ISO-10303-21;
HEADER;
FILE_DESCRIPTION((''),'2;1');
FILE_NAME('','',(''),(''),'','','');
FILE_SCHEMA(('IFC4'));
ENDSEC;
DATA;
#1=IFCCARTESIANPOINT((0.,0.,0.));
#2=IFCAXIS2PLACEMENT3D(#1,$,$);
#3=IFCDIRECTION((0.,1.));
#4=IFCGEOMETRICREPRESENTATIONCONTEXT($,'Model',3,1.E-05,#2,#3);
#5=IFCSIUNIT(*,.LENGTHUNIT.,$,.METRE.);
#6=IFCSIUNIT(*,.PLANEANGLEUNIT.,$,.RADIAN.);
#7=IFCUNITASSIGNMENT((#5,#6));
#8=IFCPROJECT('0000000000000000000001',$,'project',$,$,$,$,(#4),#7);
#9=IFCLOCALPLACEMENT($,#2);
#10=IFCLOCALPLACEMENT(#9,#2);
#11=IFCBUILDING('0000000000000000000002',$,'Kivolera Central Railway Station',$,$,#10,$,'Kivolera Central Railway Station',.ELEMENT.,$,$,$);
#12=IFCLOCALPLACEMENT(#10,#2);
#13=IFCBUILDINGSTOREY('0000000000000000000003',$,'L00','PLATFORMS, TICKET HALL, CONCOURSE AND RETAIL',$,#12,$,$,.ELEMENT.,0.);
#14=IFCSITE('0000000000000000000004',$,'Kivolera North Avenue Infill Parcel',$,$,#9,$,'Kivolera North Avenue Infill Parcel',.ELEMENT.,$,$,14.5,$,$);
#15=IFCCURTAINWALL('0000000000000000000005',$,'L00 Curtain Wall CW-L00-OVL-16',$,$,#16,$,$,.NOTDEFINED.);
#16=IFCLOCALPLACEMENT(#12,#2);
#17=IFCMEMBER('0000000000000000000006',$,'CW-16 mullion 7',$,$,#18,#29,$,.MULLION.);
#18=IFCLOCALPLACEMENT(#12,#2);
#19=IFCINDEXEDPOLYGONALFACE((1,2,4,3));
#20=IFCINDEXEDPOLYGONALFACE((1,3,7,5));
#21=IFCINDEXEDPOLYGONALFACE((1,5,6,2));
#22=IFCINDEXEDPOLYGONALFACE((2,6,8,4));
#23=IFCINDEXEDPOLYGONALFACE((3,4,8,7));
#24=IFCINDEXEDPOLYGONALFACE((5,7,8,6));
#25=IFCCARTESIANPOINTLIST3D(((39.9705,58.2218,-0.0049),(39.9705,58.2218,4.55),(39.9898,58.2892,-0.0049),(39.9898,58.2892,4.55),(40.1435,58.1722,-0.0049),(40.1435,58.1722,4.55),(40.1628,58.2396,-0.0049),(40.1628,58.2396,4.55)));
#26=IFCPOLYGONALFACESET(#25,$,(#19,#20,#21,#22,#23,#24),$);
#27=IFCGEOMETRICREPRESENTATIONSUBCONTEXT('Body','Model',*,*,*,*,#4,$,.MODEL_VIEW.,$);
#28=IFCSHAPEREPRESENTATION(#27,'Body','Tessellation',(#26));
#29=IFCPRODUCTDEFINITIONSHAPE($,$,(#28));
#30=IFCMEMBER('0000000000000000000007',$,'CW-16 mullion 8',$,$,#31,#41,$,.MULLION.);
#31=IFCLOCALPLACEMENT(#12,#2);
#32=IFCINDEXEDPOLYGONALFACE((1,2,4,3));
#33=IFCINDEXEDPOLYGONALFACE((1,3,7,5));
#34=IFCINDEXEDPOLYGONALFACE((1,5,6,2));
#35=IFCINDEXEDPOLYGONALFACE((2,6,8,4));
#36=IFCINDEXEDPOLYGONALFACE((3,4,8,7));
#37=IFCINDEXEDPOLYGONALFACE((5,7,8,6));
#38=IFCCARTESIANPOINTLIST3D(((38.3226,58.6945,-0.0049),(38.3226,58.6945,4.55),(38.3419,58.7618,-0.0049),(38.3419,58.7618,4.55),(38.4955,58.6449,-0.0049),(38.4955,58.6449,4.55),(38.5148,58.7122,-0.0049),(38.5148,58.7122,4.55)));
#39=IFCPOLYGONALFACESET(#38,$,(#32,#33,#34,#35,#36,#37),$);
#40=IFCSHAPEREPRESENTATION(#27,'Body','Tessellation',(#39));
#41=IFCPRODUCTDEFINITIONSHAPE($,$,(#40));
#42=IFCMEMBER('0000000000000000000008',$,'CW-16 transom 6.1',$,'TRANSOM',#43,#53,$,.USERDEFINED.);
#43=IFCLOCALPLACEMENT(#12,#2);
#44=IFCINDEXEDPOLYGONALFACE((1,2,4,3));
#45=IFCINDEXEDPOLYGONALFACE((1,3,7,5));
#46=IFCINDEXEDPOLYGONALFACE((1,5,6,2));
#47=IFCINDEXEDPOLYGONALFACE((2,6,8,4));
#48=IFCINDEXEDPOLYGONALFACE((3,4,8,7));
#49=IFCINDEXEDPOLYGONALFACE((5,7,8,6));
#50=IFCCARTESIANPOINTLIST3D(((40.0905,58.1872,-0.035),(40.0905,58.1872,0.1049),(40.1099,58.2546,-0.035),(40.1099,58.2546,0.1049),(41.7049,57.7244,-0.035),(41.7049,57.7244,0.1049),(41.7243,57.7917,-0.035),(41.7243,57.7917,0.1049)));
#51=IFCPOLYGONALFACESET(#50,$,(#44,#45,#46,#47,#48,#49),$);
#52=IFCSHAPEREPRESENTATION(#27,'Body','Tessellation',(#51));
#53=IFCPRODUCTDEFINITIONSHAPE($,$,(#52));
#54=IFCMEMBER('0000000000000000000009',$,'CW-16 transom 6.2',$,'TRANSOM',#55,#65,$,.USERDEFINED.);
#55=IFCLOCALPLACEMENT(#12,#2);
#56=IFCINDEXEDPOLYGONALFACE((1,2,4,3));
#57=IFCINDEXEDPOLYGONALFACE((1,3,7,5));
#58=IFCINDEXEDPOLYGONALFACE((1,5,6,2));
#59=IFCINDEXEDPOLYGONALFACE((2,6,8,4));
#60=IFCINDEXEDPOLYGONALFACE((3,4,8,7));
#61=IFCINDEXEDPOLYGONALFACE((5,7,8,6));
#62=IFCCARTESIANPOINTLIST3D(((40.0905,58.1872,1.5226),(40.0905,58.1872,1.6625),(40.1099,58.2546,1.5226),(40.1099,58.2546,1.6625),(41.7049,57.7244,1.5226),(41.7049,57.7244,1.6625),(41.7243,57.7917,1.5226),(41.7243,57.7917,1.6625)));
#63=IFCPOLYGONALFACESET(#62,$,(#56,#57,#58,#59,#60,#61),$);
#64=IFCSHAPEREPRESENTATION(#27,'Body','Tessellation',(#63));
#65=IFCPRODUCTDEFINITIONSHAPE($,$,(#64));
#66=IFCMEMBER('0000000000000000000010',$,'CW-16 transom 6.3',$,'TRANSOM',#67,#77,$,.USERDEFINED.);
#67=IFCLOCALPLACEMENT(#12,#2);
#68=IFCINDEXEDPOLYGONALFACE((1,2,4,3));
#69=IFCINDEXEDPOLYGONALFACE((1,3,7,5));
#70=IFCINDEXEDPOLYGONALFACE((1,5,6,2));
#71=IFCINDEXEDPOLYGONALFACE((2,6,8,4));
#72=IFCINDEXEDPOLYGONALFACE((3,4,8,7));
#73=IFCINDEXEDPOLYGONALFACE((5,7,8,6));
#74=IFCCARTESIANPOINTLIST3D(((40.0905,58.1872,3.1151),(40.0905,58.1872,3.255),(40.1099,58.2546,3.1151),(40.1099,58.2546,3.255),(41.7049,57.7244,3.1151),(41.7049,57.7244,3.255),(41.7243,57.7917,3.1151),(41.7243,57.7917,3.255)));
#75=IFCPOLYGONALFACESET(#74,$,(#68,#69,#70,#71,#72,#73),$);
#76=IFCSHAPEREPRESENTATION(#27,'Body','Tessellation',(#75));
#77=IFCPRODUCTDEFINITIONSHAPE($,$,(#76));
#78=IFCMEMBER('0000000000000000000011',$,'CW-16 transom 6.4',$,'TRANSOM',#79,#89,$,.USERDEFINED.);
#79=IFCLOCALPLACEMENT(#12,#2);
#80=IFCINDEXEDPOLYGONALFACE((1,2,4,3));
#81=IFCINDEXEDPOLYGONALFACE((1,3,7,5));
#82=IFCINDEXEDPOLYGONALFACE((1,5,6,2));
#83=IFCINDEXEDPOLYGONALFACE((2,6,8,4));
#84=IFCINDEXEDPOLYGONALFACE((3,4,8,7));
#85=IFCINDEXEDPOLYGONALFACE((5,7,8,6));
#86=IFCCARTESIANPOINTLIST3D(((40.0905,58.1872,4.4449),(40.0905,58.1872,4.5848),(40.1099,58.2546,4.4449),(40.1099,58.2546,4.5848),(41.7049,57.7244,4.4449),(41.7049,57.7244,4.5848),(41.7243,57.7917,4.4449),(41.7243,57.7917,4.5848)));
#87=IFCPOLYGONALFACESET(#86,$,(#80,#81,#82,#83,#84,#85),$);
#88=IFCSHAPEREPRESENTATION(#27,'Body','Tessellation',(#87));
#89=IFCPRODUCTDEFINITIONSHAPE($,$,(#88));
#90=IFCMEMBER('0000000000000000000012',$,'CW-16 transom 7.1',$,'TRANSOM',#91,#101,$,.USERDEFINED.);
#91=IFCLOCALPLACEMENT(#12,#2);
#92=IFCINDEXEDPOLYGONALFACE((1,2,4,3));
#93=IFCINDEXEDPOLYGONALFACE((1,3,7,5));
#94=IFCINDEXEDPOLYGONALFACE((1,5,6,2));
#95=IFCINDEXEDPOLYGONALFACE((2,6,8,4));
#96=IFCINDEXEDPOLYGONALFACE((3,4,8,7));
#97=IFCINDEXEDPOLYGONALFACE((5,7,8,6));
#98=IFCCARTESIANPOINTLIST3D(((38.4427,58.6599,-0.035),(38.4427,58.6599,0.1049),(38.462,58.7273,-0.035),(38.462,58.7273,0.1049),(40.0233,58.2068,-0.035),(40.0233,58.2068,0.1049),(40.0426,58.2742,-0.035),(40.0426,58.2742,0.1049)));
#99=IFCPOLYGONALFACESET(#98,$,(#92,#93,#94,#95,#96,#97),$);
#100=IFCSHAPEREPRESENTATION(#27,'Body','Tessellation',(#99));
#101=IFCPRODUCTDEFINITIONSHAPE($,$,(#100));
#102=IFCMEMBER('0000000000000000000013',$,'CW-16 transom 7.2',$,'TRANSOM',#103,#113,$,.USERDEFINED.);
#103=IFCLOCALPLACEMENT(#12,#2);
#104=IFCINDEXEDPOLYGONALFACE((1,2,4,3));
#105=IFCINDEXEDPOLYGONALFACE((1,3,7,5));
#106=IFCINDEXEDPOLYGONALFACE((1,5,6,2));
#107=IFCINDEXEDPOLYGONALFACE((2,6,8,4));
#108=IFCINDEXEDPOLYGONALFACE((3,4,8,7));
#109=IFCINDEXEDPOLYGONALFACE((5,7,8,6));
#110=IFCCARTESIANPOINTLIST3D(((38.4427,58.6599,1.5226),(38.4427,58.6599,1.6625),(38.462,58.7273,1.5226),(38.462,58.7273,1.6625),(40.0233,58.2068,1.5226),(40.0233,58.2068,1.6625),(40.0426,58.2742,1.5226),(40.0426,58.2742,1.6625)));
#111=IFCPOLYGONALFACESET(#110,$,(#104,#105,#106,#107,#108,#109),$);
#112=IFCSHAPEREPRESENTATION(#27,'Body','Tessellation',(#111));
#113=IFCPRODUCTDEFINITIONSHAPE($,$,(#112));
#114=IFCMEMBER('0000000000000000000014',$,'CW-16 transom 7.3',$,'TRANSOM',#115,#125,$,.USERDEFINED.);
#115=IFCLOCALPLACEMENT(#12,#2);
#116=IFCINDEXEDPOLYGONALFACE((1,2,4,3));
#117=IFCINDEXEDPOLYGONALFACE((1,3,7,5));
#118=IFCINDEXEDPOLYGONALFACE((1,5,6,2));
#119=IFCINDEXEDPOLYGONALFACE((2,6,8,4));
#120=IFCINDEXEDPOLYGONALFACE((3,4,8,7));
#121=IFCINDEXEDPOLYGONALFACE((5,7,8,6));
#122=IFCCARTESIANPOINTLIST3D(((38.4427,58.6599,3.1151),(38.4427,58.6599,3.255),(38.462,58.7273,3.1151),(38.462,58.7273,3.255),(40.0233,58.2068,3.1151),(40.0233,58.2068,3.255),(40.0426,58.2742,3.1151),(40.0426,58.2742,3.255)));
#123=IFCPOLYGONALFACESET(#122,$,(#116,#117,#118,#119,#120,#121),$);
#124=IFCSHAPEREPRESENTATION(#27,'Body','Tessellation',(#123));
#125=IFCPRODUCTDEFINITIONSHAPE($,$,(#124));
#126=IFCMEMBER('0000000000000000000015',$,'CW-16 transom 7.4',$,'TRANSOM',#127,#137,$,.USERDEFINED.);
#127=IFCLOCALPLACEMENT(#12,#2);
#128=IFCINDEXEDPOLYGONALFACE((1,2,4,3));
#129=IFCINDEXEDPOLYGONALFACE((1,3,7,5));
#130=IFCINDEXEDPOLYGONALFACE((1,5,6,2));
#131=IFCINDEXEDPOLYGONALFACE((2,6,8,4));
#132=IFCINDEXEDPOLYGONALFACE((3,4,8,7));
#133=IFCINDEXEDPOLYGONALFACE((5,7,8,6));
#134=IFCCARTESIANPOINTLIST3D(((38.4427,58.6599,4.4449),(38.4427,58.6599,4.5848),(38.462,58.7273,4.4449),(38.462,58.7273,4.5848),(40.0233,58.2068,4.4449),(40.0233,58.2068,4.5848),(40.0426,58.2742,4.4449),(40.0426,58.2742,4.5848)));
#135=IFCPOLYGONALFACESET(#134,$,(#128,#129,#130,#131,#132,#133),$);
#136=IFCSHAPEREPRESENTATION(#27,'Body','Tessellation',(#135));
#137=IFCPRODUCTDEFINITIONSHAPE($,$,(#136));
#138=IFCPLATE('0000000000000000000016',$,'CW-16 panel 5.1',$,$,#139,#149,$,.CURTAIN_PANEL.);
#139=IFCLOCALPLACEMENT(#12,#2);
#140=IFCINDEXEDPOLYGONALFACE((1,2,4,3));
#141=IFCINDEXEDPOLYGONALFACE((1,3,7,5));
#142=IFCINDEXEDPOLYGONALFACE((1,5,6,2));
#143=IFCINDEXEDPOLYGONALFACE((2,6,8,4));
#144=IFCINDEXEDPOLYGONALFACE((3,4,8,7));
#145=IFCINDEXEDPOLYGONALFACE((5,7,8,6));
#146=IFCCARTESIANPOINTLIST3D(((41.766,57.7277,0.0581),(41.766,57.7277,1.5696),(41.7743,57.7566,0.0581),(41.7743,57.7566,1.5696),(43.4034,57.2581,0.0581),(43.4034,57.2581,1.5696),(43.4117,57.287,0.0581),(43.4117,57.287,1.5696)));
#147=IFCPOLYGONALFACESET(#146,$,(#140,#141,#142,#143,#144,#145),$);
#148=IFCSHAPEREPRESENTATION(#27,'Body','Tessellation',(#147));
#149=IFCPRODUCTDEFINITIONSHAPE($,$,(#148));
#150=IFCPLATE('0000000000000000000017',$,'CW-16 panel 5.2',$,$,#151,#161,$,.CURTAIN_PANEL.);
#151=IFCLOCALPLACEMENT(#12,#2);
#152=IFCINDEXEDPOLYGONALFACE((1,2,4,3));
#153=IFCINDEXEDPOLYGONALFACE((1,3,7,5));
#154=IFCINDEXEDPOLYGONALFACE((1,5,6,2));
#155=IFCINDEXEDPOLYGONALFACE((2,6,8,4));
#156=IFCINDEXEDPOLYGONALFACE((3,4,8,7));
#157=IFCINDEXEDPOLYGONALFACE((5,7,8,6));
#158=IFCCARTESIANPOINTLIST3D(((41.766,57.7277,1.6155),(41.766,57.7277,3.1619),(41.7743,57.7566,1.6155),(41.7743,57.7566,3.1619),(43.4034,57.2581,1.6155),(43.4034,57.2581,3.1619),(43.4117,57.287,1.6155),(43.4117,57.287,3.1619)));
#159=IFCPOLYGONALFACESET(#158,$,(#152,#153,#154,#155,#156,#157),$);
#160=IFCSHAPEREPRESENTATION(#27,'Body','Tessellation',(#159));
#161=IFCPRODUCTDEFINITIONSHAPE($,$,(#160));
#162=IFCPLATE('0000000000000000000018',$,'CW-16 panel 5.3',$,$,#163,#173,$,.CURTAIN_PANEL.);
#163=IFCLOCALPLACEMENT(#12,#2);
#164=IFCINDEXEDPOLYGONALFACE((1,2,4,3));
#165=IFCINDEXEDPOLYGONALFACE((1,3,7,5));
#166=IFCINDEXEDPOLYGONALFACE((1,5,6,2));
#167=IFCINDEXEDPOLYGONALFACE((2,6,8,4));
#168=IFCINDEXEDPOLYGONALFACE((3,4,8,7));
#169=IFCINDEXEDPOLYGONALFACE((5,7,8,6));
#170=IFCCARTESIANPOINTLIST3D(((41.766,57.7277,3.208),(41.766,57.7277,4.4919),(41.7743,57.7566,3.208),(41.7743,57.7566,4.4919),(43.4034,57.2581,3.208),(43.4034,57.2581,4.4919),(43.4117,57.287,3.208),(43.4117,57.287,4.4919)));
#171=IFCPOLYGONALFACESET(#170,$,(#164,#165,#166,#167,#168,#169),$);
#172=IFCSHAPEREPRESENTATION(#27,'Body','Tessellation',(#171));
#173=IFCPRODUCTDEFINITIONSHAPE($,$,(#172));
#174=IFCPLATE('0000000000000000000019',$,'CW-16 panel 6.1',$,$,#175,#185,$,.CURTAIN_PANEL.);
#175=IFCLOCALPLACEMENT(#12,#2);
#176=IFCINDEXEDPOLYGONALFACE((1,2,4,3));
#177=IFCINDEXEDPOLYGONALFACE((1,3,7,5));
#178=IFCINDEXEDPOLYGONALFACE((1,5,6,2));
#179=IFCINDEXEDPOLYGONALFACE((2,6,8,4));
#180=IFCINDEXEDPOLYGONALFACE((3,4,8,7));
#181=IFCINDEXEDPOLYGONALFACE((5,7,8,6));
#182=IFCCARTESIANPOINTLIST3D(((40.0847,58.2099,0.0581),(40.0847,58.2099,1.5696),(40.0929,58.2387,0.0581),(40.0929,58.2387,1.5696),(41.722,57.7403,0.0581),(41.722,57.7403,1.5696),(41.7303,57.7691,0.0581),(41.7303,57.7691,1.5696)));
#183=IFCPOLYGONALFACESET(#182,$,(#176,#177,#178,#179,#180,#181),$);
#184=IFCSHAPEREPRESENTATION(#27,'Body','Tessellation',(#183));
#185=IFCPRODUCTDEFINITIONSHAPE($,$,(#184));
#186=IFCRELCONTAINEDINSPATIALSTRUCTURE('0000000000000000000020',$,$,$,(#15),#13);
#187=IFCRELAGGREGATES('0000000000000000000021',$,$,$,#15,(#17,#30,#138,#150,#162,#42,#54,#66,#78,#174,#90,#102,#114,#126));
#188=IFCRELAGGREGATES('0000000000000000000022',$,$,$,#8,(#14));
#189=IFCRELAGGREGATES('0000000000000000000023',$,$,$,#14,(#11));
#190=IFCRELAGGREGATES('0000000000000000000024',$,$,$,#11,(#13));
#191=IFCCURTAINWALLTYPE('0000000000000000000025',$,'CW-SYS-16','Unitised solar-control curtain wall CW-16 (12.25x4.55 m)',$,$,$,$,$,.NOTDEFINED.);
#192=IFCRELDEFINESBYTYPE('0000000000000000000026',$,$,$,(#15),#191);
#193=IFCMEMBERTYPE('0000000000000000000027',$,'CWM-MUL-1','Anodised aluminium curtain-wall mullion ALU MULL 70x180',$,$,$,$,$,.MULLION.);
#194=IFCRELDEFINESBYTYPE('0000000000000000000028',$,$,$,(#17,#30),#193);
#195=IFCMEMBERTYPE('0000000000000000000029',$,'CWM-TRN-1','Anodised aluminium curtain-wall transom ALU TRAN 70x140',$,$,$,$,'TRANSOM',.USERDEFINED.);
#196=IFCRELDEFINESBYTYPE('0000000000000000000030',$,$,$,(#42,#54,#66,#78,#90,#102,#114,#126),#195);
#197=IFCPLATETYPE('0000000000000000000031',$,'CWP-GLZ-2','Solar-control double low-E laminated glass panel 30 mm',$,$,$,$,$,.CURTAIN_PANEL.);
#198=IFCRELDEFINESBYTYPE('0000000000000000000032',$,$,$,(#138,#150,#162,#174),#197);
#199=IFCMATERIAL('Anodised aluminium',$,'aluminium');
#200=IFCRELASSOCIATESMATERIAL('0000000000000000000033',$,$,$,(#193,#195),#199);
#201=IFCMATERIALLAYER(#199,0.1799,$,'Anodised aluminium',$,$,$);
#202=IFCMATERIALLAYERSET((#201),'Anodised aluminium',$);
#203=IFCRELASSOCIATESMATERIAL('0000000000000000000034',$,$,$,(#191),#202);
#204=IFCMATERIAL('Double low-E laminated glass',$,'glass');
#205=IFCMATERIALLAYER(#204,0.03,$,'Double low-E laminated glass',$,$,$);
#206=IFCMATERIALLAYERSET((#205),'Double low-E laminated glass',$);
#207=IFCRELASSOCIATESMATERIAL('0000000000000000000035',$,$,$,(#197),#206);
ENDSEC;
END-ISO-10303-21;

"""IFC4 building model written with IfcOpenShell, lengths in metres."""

from ifc_helpers import new_model, si_unit, direction, frame, origin, origin_2d, place, context, subcontext, project, spatial, rectangle, extrude, material, layer, layer_set, material_profile, profile_set, type_object, element, aggregate, save


model = new_model("IFC4")

# Units and contexts
model_context = context("Model", 3, precision=1e-05, world=origin(), true_north=direction((0.0, 1.0)))
body_context = subcontext(model_context, "Body", "Model", "MODEL_VIEW")
ifc_project = project(units=[si_unit("LENGTHUNIT", "METRE"), si_unit("PLANEANGLEUNIT", "RADIAN")], contexts=[model_context])

# Site, building, storey
site_placement = place(None, origin())
site = spatial("IfcSite", under=ifc_project, at=site_placement, Name="Kivolera North Avenue Infill Parcel", LongName="Kivolera North Avenue Infill Parcel", CompositionType="ELEMENT", RefElevation=14.5)
building_placement = place(site_placement, origin())
building = spatial("IfcBuilding", under=site, at=building_placement, Name="Kivolera Central Railway Station", LongName="Kivolera Central Railway Station", CompositionType="ELEMENT")
storey_placement = place(building_placement, origin())
storey = spatial("IfcBuildingStorey", under=building, at=storey_placement, Name="L00", Description="PLATFORMS, TICKET HALL, CONCOURSE AND RETAIL", CompositionType="ELEMENT", Elevation=0.0)

# Shared definitions
ifc_material_1 = material(Name="Anodised aluminium", Category="aluminium")
ifc_material_profile_1 = material_profile(ifc_material_1, rectangle(XDim=0.0701, YDim=0.1799, at=origin_2d()), Name="ALU MULL 70x180")
ifc_profile_set_1 = profile_set([ifc_material_profile_1], Name="Anodised aluminium")
member_type_1 = type_object("IfcMemberType", Name="CWM-MUL-1", Description="Anodised aluminium curtain-wall mullion ALU MULL 70x180", PredefinedType="MULLION", material=ifc_profile_set_1)

# Curtain wall, members, plates
ifc_layer_1 = layer(ifc_material_1, 0.1799, Name="Anodised aluminium")
ifc_layer_set_1 = layer_set([ifc_layer_1], Name="Anodised aluminium")
curtain_wall_type_1 = type_object("IfcCurtainWallType", Name="CW-SYS-16", Description="Unitised solar-control curtain wall CW-16 (12.25x4.55 m)", PredefinedType="NOTDEFINED", material=ifc_layer_set_1)
curtain_wall_1_placement = place(storey_placement, origin())
curtain_wall_1 = element("IfcCurtainWall", 1, at=curtain_wall_1_placement, inside=storey, type_object=curtain_wall_type_1, Name="L00 Curtain Wall CW-L00-OVL-16", PredefinedType="NOTDEFINED")
member_1_placement = place(storey_placement, frame((40.0667, 58.2307, -0.0049), z_axis=(0.0, 0.0, 1.0), x_axis=(-0.275692, -0.961246, 0.0)))
member_1 = element("IfcMember", 2, at=member_1_placement, type_object=member_type_1, Name="CW-16 mullion 7", PredefinedType="MULLION", context=body_context, shape_type="SweptSolid", body=[
    extrude(rectangle(XDim=0.0701, YDim=0.1799, at=origin_2d()), origin(), (0.0, 0.0, 1.0), 4.5549),
])
member_2_placement = place(storey_placement, frame((38.4187, 58.7034, -0.0049), z_axis=(0.0, 0.0, 1.0), x_axis=(-0.275692, -0.961246, 0.0)))
member_2 = element("IfcMember", 3, at=member_2_placement, type_object=member_type_1, Name="CW-16 mullion 8", PredefinedType="MULLION", context=body_context, shape_type="SweptSolid", body=[
    extrude(rectangle(XDim=0.0701, YDim=0.1799, at=origin_2d()), origin(), (0.0, 0.0, 1.0), 4.5549),
])
ifc_material_profile_2 = material_profile(ifc_material_1, rectangle(XDim=0.0701, YDim=0.1399, at=origin_2d()), Name="ALU TRAN 70x140")
ifc_profile_set_2 = profile_set([ifc_material_profile_2], Name="Anodised aluminium")
member_type_2 = type_object("IfcMemberType", Name="CWM-TRN-1", Description="Anodised aluminium curtain-wall transom ALU TRAN 70x140", ElementType="TRANSOM", PredefinedType="USERDEFINED", material=ifc_profile_set_2)
member_3_placement = place(storey_placement, frame((41.7146, 57.7581, 0.0349), z_axis=(-0.961271, 0.275604, 0.0), x_axis=(-0.275604, -0.961271, 0.0)))
member_3 = element("IfcMember", 4, at=member_3_placement, type_object=member_type_2, Name="CW-16 transom 6.1", ObjectType="TRANSOM", PredefinedType="USERDEFINED", context=body_context, shape_type="SweptSolid", body=[
    extrude(rectangle(XDim=0.0701, YDim=0.1399, at=origin_2d()), origin(), (0.0, 0.0, 1.0), 1.6794),
])
member_4_placement = place(storey_placement, frame((41.7146, 57.7581, 1.5925), z_axis=(-0.961271, 0.275604, 0.0), x_axis=(-0.275604, -0.961271, 0.0)))
member_4 = element("IfcMember", 5, at=member_4_placement, type_object=member_type_2, Name="CW-16 transom 6.2", ObjectType="TRANSOM", PredefinedType="USERDEFINED", context=body_context, shape_type="SweptSolid", body=[
    extrude(rectangle(XDim=0.0701, YDim=0.1399, at=origin_2d()), origin(), (0.0, 0.0, 1.0), 1.6794),
])
member_5_placement = place(storey_placement, frame((41.7146, 57.7581, 3.1851), z_axis=(-0.961271, 0.275604, 0.0), x_axis=(-0.275604, -0.961271, 0.0)))
member_5 = element("IfcMember", 6, at=member_5_placement, type_object=member_type_2, Name="CW-16 transom 6.3", ObjectType="TRANSOM", PredefinedType="USERDEFINED", context=body_context, shape_type="SweptSolid", body=[
    extrude(rectangle(XDim=0.0701, YDim=0.1399, at=origin_2d()), origin(), (0.0, 0.0, 1.0), 1.6794),
])
member_6_placement = place(storey_placement, frame((41.7146, 57.7581, 4.5149), z_axis=(-0.961271, 0.275604, 0.0), x_axis=(-0.275604, -0.961271, 0.0)))
member_6 = element("IfcMember", 7, at=member_6_placement, type_object=member_type_2, Name="CW-16 transom 6.4", ObjectType="TRANSOM", PredefinedType="USERDEFINED", context=body_context, shape_type="SweptSolid", body=[
    extrude(rectangle(XDim=0.0701, YDim=0.1399, at=origin_2d()), origin(), (0.0, 0.0, 1.0), 1.6794),
])
member_7_placement = place(storey_placement, frame((40.033, 58.2405, 0.0349), z_axis=(-0.961277, 0.275584, 0.0), x_axis=(-0.275584, -0.961277, 0.0)))
member_7 = element("IfcMember", 8, at=member_7_placement, type_object=member_type_2, Name="CW-16 transom 7.1", ObjectType="TRANSOM", PredefinedType="USERDEFINED", context=body_context, shape_type="SweptSolid", body=[
    extrude(rectangle(XDim=0.0701, YDim=0.1399, at=origin_2d()), origin(), (0.0, 0.0, 1.0), 1.6443),
])
member_8_placement = place(storey_placement, frame((40.033, 58.2405, 1.5925), z_axis=(-0.961277, 0.275584, 0.0), x_axis=(-0.275584, -0.961277, 0.0)))
member_8 = element("IfcMember", 9, at=member_8_placement, type_object=member_type_2, Name="CW-16 transom 7.2", ObjectType="TRANSOM", PredefinedType="USERDEFINED", context=body_context, shape_type="SweptSolid", body=[
    extrude(rectangle(XDim=0.0701, YDim=0.1399, at=origin_2d()), origin(), (0.0, 0.0, 1.0), 1.6443),
])
member_9_placement = place(storey_placement, frame((40.033, 58.2405, 3.1851), z_axis=(-0.961277, 0.275584, 0.0), x_axis=(-0.275584, -0.961277, 0.0)))
member_9 = element("IfcMember", 10, at=member_9_placement, type_object=member_type_2, Name="CW-16 transom 7.3", ObjectType="TRANSOM", PredefinedType="USERDEFINED", context=body_context, shape_type="SweptSolid", body=[
    extrude(rectangle(XDim=0.0701, YDim=0.1399, at=origin_2d()), origin(), (0.0, 0.0, 1.0), 1.6443),
])
member_10_placement = place(storey_placement, frame((40.033, 58.2405, 4.5149), z_axis=(-0.961277, 0.275584, 0.0), x_axis=(-0.275584, -0.961277, 0.0)))
member_10 = element("IfcMember", 11, at=member_10_placement, type_object=member_type_2, Name="CW-16 transom 7.4", ObjectType="TRANSOM", PredefinedType="USERDEFINED", context=body_context, shape_type="SweptSolid", body=[
    extrude(rectangle(XDim=0.0701, YDim=0.1399, at=origin_2d()), origin(), (0.0, 0.0, 1.0), 1.6443),
])
ifc_material_2 = material(Name="Double low-E laminated glass", Category="glass")
ifc_layer_2 = layer(ifc_material_2, 0.03, Name="Double low-E laminated glass")
ifc_layer_set_2 = layer_set([ifc_layer_2], Name="Double low-E laminated glass")
plate_type = type_object("IfcPlateType", Name="CWP-GLZ-2", Description="Solar-control double low-E laminated glass panel 30 mm", PredefinedType="CURTAIN_PANEL", material=ifc_layer_set_2)
plate_1_placement = place(storey_placement, frame((42.5889, 57.5073, 0.0581), z_axis=(0.0, 0.0, 1.0), x_axis=(-0.961246, 0.275692, 0.0)))
plate_1 = element("IfcPlate", 12, at=plate_1_placement, type_object=plate_type, Name="CW-16 panel 5.1", PredefinedType="CURTAIN_PANEL", context=body_context, shape_type="SweptSolid", body=[
    extrude(rectangle(XDim=1.7034, YDim=0.03, at=origin_2d()), origin(), (0.0, 0.0, 1.0), 1.5115),
])
plate_2_placement = place(storey_placement, frame((42.5889, 57.5073, 1.6155), z_axis=(0.0, 0.0, 1.0), x_axis=(-0.961246, 0.275692, 0.0)))
plate_2 = element("IfcPlate", 13, at=plate_2_placement, type_object=plate_type, Name="CW-16 panel 5.2", PredefinedType="CURTAIN_PANEL", context=body_context, shape_type="SweptSolid", body=[
    extrude(rectangle(XDim=1.7034, YDim=0.03, at=origin_2d()), origin(), (0.0, 0.0, 1.0), 1.5464),
])
plate_3_placement = place(storey_placement, frame((42.5889, 57.5073, 3.208), z_axis=(0.0, 0.0, 1.0), x_axis=(-0.961246, 0.275692, 0.0)))
plate_3 = element("IfcPlate", 14, at=plate_3_placement, type_object=plate_type, Name="CW-16 panel 5.3", PredefinedType="CURTAIN_PANEL", context=body_context, shape_type="SweptSolid", body=[
    extrude(rectangle(XDim=1.7034, YDim=0.03, at=origin_2d()), origin(), (0.0, 0.0, 1.0), 1.2839),
])
plate_4_placement = place(storey_placement, frame((40.9075, 57.9895, 0.0581), z_axis=(0.0, 0.0, 1.0), x_axis=(-0.961246, 0.275692, 0.0)))
plate_4 = element("IfcPlate", 15, at=plate_4_placement, type_object=plate_type, Name="CW-16 panel 6.1", PredefinedType="CURTAIN_PANEL", context=body_context, shape_type="SweptSolid", body=[
    extrude(rectangle(XDim=1.7034, YDim=0.03, at=origin_2d()), origin(), (0.0, 0.0, 1.0), 1.5115),
])
aggregate(curtain_wall_1, [member_1, member_2, plate_1, plate_2, plate_3, member_3, member_4, member_5, member_6, plate_4, member_7, member_8, member_9, member_10])

save(model, "model.ifc")
